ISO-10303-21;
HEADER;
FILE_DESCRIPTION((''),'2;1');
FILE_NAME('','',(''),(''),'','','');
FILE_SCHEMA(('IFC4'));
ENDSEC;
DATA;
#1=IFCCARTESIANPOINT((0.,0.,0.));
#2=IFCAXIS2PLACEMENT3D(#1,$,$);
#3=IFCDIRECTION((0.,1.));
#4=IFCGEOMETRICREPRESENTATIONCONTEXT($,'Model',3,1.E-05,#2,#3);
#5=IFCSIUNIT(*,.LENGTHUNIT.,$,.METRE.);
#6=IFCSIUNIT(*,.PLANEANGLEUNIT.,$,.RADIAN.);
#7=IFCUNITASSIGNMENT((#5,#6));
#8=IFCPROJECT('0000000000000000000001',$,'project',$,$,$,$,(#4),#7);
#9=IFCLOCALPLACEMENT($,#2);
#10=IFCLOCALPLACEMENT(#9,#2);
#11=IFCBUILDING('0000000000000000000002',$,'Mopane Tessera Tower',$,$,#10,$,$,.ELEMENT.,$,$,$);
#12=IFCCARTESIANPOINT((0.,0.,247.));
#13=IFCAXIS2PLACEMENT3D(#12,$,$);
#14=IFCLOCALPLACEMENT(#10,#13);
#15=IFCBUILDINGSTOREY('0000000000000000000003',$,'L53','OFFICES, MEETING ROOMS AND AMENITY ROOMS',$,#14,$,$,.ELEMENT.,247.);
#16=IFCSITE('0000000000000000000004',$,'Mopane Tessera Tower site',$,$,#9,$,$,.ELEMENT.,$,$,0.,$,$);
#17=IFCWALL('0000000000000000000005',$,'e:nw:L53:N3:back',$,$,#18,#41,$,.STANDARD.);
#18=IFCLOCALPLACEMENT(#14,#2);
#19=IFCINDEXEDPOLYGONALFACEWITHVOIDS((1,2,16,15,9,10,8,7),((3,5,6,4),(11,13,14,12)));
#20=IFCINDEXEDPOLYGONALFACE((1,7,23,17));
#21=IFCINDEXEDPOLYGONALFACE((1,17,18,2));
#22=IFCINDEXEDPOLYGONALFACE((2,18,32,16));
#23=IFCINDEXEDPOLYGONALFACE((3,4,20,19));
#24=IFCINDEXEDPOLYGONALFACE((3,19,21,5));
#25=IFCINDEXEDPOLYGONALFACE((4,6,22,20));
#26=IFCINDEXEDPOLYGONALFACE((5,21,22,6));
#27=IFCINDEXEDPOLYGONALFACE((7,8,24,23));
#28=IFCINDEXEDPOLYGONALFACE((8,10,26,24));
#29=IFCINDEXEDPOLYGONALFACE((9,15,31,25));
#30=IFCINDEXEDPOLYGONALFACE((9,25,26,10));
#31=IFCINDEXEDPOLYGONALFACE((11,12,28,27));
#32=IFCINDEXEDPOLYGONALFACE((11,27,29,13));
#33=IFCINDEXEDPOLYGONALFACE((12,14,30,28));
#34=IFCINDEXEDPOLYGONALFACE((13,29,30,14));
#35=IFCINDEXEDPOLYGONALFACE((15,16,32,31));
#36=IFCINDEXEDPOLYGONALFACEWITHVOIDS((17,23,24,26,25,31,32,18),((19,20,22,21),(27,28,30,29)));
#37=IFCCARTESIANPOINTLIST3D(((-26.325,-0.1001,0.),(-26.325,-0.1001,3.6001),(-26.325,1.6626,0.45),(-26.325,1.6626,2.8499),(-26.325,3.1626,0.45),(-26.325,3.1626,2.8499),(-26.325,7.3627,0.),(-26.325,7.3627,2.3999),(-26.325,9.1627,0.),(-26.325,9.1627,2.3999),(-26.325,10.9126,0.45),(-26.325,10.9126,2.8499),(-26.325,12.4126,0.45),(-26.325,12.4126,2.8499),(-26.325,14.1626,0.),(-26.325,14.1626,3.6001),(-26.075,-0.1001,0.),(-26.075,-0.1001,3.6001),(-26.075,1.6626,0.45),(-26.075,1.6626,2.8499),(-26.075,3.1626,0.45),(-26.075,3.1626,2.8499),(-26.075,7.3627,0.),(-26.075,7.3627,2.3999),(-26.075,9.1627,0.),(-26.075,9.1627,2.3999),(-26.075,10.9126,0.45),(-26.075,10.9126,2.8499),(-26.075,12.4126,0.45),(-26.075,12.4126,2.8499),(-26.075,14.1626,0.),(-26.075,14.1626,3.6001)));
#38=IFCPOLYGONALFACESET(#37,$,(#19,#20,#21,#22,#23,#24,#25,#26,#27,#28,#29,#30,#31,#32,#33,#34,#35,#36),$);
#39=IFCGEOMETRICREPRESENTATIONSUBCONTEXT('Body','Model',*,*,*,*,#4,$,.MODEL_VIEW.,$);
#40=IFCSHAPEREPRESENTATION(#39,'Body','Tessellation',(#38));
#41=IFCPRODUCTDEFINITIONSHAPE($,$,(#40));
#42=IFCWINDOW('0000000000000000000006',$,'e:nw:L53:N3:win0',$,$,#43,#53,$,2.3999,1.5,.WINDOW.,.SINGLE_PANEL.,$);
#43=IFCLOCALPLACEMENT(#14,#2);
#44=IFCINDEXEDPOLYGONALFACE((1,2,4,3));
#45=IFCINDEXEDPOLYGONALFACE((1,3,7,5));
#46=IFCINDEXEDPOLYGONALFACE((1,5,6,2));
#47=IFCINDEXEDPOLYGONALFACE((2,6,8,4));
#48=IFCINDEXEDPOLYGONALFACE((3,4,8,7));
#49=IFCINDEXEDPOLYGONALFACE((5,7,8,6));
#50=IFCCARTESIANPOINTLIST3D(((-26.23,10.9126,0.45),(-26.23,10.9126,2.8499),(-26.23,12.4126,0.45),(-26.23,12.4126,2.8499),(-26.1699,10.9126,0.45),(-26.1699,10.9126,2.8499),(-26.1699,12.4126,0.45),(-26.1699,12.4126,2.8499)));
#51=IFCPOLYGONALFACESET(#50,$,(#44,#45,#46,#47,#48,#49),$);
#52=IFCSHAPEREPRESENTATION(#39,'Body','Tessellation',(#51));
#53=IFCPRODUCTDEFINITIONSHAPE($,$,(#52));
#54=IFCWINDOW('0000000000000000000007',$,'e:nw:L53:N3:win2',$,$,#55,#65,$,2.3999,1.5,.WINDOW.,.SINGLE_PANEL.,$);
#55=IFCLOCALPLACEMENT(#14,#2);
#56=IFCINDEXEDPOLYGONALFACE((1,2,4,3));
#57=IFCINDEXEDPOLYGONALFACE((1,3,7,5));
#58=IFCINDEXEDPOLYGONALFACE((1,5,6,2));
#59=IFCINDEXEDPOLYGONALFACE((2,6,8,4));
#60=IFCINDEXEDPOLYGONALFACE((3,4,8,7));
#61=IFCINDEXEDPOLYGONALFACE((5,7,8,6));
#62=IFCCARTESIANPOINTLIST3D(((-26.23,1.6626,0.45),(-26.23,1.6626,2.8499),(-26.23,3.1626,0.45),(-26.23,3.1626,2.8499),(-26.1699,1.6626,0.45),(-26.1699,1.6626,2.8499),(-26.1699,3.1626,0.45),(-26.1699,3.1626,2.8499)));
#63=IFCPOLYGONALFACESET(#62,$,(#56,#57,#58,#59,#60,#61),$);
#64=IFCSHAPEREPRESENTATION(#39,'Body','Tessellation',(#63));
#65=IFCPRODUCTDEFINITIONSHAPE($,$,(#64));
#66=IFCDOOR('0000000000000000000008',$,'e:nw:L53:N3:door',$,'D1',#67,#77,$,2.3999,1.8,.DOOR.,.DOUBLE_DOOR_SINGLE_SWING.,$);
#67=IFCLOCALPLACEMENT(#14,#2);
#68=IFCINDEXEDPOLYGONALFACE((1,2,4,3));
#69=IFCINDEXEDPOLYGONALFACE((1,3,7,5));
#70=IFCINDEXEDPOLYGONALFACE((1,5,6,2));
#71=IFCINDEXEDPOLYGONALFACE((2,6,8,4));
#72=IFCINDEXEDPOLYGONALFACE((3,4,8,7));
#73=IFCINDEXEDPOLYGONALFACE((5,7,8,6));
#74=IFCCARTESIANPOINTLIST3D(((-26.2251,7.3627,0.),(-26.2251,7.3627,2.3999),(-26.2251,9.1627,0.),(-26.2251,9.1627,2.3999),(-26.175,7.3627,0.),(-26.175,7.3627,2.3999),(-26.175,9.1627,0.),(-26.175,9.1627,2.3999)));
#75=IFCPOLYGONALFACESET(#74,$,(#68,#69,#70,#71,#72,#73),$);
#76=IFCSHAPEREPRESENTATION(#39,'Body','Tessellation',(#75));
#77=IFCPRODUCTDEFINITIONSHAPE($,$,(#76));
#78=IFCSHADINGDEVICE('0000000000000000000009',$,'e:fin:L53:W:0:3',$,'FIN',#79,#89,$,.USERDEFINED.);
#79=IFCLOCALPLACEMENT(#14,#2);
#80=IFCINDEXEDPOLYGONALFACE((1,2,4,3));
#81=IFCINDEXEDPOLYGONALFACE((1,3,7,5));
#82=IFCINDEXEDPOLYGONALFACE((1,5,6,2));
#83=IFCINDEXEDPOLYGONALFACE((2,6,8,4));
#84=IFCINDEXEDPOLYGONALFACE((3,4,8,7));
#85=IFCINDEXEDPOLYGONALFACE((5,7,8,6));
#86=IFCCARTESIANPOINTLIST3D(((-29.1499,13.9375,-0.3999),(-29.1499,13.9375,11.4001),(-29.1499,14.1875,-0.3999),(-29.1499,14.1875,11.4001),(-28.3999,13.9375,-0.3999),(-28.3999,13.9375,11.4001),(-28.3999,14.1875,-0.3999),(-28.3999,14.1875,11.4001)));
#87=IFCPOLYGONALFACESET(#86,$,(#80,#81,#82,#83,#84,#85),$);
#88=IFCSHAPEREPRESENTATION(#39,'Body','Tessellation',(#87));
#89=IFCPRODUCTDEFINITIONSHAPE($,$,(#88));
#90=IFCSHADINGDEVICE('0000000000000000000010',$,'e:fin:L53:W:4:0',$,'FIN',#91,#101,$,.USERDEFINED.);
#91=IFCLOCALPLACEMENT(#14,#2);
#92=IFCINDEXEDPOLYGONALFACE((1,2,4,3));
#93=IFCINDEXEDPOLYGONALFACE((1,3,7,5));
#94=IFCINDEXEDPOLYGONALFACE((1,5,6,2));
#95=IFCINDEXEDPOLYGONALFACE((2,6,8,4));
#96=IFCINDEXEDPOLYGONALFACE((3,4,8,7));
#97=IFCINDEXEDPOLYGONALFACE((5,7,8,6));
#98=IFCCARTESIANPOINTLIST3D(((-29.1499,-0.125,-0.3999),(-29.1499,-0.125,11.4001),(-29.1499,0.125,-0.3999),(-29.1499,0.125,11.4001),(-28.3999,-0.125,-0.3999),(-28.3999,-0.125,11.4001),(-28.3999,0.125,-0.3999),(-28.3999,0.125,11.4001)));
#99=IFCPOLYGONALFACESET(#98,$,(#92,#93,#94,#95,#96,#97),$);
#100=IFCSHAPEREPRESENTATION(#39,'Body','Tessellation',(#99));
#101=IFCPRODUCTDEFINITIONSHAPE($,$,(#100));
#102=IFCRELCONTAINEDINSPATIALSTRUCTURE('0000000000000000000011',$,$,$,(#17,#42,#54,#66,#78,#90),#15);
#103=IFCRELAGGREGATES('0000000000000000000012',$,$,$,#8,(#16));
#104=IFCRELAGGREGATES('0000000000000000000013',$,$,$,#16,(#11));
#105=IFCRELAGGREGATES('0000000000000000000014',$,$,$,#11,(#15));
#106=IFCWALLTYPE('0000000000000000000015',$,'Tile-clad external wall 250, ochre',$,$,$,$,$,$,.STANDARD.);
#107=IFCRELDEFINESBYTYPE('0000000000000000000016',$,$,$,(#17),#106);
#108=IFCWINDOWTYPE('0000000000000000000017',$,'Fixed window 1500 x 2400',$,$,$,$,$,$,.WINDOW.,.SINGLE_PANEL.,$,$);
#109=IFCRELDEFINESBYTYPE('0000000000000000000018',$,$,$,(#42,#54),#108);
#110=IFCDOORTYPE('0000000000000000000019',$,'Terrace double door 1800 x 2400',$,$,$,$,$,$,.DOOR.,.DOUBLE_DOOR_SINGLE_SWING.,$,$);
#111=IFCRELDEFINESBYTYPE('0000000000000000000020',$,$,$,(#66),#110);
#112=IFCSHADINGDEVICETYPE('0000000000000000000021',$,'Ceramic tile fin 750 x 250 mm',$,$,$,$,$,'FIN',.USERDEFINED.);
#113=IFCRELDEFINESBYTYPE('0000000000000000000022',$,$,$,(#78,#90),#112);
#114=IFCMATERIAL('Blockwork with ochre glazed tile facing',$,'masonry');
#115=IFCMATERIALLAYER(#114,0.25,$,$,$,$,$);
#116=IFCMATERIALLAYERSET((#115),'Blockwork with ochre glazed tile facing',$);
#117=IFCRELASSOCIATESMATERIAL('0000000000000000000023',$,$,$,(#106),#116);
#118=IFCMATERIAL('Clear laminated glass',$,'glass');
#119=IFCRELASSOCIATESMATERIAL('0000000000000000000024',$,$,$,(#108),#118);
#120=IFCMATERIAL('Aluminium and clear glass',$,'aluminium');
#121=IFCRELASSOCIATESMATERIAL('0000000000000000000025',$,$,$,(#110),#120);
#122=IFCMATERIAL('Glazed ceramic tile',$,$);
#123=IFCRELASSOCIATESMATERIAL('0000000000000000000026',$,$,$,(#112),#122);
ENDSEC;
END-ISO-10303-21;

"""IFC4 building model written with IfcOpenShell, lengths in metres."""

from ifc_helpers import new_model, si_unit, direction, frame, frame_2d, origin, origin_2d, place, context, subcontext, project, spatial, rectangle, extrude, material, layer, layer_set, type_object, element, fill, save


model = new_model("IFC4")

# Units and contexts
model_context = context("Model", 3, precision=1e-05, world=origin(), true_north=direction((0.0, 1.0)))
body_context = subcontext(model_context, "Body", "Model", "MODEL_VIEW")
ifc_project = project(units=[si_unit("LENGTHUNIT", "METRE"), si_unit("PLANEANGLEUNIT", "RADIAN")], contexts=[model_context])

# Site, building, storey
site_placement = place(None, origin())
site = spatial("IfcSite", under=ifc_project, at=site_placement, Name="Mopane Tessera Tower site", CompositionType="ELEMENT", RefElevation=0.0)
building_placement = place(site_placement, origin())
building = spatial("IfcBuilding", under=site, at=building_placement, Name="Mopane Tessera Tower", CompositionType="ELEMENT")
storey_placement = place(building_placement, frame((0.0, 0.0, 247.0)))
storey = spatial("IfcBuildingStorey", under=building, at=storey_placement, Name="L53", Description="OFFICES, MEETING ROOMS AND AMENITY ROOMS", CompositionType="ELEMENT", Elevation=247.0)

# Wall, openings, windows, door
ifc_material_1 = material(Name="Blockwork with ochre glazed tile facing", Category="masonry")
ifc_layer_1 = layer(ifc_material_1, 0.25)
ifc_layer_set_1 = layer_set([ifc_layer_1], Name="Blockwork with ochre glazed tile facing")
wall_type_1 = type_object("IfcWallType", Name="Tile-clad external wall 250, ochre", PredefinedType="STANDARD", material=ifc_layer_set_1)
wall_1_placement = place(storey_placement, frame((-26.2, 14.1626, 0.0), z_axis=(0.0, 0.0, 1.0), x_axis=(0.0, -1.0, 0.0)))
wall_1 = element("IfcWall", 1, at=wall_1_placement, inside=storey, type_object=wall_type_1, Name="e:nw:L53:N3:back", PredefinedType="STANDARD", context=body_context, shape_type="SweptSolid", body=[
    extrude(rectangle(XDim=14.2627, YDim=0.25, at=frame_2d((7.1313, 0.0))), origin(), (0.0, 0.0, 1.0), 3.6001),
])
opening_1_placement = place(wall_1_placement, frame((1.75, 0.0, 0.45)))
opening_1 = element("IfcOpeningElement", 2, at=opening_1_placement, cuts=wall_1, PredefinedType="OPENING", context=body_context, shape_type="SweptSolid", body=[
    extrude(rectangle(XDim=1.5, YDim=2.3999, at=frame_2d((0.75, 1.2))), frame((0.0, 0.137, 0.0), z_axis=(0.0, -1.0, 0.0), x_axis=(1.0, 0.0, 0.0)), (0.0, 0.0, 1.0), 0.2739),
])
opening_2_placement = place(wall_1_placement, frame((5.0, 0.0, 0.0)))
opening_2 = element("IfcOpeningElement", 3, at=opening_2_placement, cuts=wall_1, PredefinedType="OPENING", context=body_context, shape_type="SweptSolid", body=[
    extrude(rectangle(XDim=1.8, YDim=2.3999, at=frame_2d((0.8999, 1.2))), frame((0.0, 0.137, 0.0), z_axis=(0.0, -1.0, 0.0), x_axis=(1.0, 0.0, 0.0)), (0.0, 0.0, 1.0), 0.2739),
])
opening_3_placement = place(wall_1_placement, frame((11.0, 0.0, 0.45)))
opening_3 = element("IfcOpeningElement", 4, at=opening_3_placement, cuts=wall_1, PredefinedType="OPENING", context=body_context, shape_type="SweptSolid", body=[
    extrude(rectangle(XDim=1.5, YDim=2.3999, at=frame_2d((0.75, 1.2))), frame((0.0, 0.137, 0.0), z_axis=(0.0, -1.0, 0.0), x_axis=(1.0, 0.0, 0.0)), (0.0, 0.0, 1.0), 0.2739),
])
ifc_material_2 = material(Name="Clear laminated glass", Category="glass")
window_type = type_object("IfcWindowType", Name="Fixed window 1500 x 2400", PartitioningType="SINGLE_PANEL", PredefinedType="WINDOW", material=ifc_material_2)
window_1_placement = place(opening_1_placement, origin())
window_1 = element("IfcWindow", 5, at=window_1_placement, inside=storey, type_object=window_type, Name="e:nw:L53:N3:win0", OverallHeight=2.3999, OverallWidth=1.5, PartitioningType="SINGLE_PANEL", PredefinedType="WINDOW", context=body_context, shape_type="SweptSolid", body=[
    extrude(rectangle(XDim=1.5, YDim=2.3999, at=frame_2d((0.75, 1.2))), frame((0.0, 0.03, 0.0), z_axis=(0.0, -1.0, 0.0), x_axis=(1.0, 0.0, 0.0)), (0.0, 0.0, 1.0), 0.0601),
])
fill(opening_1, window_1)
window_2_placement = place(opening_3_placement, origin())
window_2 = element("IfcWindow", 6, at=window_2_placement, inside=storey, type_object=window_type, Name="e:nw:L53:N3:win2", OverallHeight=2.3999, OverallWidth=1.5, PartitioningType="SINGLE_PANEL", PredefinedType="WINDOW", context=body_context, shape_type="SweptSolid", body=[
    extrude(rectangle(XDim=1.5, YDim=2.3999, at=frame_2d((0.75, 1.2))), frame((0.0, 0.03, 0.0), z_axis=(0.0, -1.0, 0.0), x_axis=(1.0, 0.0, 0.0)), (0.0, 0.0, 1.0), 0.0601),
])
fill(opening_3, window_2)
ifc_material_3 = material(Name="Aluminium and clear glass", Category="aluminium")
door_type_1 = type_object("IfcDoorType", Name="Terrace double door 1800 x 2400", OperationType="DOUBLE_DOOR_SINGLE_SWING", PredefinedType="DOOR", material=ifc_material_3)
door_1_placement = place(opening_2_placement, origin())
door_1 = element("IfcDoor", 7, at=door_1_placement, inside=storey, type_object=door_type_1, Name="e:nw:L53:N3:door", ObjectType="D1", OperationType="DOUBLE_DOOR_SINGLE_SWING", OverallHeight=2.3999, OverallWidth=1.8, PredefinedType="DOOR", context=body_context, shape_type="SweptSolid", body=[
    extrude(rectangle(XDim=1.8, YDim=2.3999, at=frame_2d((0.8999, 1.2))), frame((0.0, 0.0249, 0.0), z_axis=(0.0, -1.0, 0.0), x_axis=(1.0, 0.0, 0.0)), (0.0, 0.0, 1.0), 0.05),
])
fill(opening_2, door_1)

# Shading devices
ifc_material_4 = material(Name="Glazed ceramic tile")
shading_device_type = type_object("IfcShadingDeviceType", Name="Ceramic tile fin 750 x 250 mm", ElementType="FIN", PredefinedType="USERDEFINED", material=ifc_material_4)
for number, where, z_axis, x_axis, name in (
    (8, (-28.7749, 14.0625, -0.3999), (0.0, 0.0, 1.0), (0.0, -1.0, 0.0), "e:fin:L53:W:0:3"),
    (9, (-28.7749, 0.0, -0.3999), (0.0, 0.0, 1.0), (0.0, -1.0, 0.0), "e:fin:L53:W:4:0"),
):
    element("IfcShadingDevice", number, at=place(storey_placement, frame(where, z_axis=z_axis, x_axis=x_axis)), inside=storey, type_object=shading_device_type, Name=name, ObjectType="FIN", PredefinedType="USERDEFINED", context=body_context, shape_type="SweptSolid", body=[
        extrude(rectangle(XDim=0.25, YDim=0.75, at=origin_2d()), origin(), (0.0, 0.0, 1.0), 11.8),
    ])

save(model, "model.ifc")
